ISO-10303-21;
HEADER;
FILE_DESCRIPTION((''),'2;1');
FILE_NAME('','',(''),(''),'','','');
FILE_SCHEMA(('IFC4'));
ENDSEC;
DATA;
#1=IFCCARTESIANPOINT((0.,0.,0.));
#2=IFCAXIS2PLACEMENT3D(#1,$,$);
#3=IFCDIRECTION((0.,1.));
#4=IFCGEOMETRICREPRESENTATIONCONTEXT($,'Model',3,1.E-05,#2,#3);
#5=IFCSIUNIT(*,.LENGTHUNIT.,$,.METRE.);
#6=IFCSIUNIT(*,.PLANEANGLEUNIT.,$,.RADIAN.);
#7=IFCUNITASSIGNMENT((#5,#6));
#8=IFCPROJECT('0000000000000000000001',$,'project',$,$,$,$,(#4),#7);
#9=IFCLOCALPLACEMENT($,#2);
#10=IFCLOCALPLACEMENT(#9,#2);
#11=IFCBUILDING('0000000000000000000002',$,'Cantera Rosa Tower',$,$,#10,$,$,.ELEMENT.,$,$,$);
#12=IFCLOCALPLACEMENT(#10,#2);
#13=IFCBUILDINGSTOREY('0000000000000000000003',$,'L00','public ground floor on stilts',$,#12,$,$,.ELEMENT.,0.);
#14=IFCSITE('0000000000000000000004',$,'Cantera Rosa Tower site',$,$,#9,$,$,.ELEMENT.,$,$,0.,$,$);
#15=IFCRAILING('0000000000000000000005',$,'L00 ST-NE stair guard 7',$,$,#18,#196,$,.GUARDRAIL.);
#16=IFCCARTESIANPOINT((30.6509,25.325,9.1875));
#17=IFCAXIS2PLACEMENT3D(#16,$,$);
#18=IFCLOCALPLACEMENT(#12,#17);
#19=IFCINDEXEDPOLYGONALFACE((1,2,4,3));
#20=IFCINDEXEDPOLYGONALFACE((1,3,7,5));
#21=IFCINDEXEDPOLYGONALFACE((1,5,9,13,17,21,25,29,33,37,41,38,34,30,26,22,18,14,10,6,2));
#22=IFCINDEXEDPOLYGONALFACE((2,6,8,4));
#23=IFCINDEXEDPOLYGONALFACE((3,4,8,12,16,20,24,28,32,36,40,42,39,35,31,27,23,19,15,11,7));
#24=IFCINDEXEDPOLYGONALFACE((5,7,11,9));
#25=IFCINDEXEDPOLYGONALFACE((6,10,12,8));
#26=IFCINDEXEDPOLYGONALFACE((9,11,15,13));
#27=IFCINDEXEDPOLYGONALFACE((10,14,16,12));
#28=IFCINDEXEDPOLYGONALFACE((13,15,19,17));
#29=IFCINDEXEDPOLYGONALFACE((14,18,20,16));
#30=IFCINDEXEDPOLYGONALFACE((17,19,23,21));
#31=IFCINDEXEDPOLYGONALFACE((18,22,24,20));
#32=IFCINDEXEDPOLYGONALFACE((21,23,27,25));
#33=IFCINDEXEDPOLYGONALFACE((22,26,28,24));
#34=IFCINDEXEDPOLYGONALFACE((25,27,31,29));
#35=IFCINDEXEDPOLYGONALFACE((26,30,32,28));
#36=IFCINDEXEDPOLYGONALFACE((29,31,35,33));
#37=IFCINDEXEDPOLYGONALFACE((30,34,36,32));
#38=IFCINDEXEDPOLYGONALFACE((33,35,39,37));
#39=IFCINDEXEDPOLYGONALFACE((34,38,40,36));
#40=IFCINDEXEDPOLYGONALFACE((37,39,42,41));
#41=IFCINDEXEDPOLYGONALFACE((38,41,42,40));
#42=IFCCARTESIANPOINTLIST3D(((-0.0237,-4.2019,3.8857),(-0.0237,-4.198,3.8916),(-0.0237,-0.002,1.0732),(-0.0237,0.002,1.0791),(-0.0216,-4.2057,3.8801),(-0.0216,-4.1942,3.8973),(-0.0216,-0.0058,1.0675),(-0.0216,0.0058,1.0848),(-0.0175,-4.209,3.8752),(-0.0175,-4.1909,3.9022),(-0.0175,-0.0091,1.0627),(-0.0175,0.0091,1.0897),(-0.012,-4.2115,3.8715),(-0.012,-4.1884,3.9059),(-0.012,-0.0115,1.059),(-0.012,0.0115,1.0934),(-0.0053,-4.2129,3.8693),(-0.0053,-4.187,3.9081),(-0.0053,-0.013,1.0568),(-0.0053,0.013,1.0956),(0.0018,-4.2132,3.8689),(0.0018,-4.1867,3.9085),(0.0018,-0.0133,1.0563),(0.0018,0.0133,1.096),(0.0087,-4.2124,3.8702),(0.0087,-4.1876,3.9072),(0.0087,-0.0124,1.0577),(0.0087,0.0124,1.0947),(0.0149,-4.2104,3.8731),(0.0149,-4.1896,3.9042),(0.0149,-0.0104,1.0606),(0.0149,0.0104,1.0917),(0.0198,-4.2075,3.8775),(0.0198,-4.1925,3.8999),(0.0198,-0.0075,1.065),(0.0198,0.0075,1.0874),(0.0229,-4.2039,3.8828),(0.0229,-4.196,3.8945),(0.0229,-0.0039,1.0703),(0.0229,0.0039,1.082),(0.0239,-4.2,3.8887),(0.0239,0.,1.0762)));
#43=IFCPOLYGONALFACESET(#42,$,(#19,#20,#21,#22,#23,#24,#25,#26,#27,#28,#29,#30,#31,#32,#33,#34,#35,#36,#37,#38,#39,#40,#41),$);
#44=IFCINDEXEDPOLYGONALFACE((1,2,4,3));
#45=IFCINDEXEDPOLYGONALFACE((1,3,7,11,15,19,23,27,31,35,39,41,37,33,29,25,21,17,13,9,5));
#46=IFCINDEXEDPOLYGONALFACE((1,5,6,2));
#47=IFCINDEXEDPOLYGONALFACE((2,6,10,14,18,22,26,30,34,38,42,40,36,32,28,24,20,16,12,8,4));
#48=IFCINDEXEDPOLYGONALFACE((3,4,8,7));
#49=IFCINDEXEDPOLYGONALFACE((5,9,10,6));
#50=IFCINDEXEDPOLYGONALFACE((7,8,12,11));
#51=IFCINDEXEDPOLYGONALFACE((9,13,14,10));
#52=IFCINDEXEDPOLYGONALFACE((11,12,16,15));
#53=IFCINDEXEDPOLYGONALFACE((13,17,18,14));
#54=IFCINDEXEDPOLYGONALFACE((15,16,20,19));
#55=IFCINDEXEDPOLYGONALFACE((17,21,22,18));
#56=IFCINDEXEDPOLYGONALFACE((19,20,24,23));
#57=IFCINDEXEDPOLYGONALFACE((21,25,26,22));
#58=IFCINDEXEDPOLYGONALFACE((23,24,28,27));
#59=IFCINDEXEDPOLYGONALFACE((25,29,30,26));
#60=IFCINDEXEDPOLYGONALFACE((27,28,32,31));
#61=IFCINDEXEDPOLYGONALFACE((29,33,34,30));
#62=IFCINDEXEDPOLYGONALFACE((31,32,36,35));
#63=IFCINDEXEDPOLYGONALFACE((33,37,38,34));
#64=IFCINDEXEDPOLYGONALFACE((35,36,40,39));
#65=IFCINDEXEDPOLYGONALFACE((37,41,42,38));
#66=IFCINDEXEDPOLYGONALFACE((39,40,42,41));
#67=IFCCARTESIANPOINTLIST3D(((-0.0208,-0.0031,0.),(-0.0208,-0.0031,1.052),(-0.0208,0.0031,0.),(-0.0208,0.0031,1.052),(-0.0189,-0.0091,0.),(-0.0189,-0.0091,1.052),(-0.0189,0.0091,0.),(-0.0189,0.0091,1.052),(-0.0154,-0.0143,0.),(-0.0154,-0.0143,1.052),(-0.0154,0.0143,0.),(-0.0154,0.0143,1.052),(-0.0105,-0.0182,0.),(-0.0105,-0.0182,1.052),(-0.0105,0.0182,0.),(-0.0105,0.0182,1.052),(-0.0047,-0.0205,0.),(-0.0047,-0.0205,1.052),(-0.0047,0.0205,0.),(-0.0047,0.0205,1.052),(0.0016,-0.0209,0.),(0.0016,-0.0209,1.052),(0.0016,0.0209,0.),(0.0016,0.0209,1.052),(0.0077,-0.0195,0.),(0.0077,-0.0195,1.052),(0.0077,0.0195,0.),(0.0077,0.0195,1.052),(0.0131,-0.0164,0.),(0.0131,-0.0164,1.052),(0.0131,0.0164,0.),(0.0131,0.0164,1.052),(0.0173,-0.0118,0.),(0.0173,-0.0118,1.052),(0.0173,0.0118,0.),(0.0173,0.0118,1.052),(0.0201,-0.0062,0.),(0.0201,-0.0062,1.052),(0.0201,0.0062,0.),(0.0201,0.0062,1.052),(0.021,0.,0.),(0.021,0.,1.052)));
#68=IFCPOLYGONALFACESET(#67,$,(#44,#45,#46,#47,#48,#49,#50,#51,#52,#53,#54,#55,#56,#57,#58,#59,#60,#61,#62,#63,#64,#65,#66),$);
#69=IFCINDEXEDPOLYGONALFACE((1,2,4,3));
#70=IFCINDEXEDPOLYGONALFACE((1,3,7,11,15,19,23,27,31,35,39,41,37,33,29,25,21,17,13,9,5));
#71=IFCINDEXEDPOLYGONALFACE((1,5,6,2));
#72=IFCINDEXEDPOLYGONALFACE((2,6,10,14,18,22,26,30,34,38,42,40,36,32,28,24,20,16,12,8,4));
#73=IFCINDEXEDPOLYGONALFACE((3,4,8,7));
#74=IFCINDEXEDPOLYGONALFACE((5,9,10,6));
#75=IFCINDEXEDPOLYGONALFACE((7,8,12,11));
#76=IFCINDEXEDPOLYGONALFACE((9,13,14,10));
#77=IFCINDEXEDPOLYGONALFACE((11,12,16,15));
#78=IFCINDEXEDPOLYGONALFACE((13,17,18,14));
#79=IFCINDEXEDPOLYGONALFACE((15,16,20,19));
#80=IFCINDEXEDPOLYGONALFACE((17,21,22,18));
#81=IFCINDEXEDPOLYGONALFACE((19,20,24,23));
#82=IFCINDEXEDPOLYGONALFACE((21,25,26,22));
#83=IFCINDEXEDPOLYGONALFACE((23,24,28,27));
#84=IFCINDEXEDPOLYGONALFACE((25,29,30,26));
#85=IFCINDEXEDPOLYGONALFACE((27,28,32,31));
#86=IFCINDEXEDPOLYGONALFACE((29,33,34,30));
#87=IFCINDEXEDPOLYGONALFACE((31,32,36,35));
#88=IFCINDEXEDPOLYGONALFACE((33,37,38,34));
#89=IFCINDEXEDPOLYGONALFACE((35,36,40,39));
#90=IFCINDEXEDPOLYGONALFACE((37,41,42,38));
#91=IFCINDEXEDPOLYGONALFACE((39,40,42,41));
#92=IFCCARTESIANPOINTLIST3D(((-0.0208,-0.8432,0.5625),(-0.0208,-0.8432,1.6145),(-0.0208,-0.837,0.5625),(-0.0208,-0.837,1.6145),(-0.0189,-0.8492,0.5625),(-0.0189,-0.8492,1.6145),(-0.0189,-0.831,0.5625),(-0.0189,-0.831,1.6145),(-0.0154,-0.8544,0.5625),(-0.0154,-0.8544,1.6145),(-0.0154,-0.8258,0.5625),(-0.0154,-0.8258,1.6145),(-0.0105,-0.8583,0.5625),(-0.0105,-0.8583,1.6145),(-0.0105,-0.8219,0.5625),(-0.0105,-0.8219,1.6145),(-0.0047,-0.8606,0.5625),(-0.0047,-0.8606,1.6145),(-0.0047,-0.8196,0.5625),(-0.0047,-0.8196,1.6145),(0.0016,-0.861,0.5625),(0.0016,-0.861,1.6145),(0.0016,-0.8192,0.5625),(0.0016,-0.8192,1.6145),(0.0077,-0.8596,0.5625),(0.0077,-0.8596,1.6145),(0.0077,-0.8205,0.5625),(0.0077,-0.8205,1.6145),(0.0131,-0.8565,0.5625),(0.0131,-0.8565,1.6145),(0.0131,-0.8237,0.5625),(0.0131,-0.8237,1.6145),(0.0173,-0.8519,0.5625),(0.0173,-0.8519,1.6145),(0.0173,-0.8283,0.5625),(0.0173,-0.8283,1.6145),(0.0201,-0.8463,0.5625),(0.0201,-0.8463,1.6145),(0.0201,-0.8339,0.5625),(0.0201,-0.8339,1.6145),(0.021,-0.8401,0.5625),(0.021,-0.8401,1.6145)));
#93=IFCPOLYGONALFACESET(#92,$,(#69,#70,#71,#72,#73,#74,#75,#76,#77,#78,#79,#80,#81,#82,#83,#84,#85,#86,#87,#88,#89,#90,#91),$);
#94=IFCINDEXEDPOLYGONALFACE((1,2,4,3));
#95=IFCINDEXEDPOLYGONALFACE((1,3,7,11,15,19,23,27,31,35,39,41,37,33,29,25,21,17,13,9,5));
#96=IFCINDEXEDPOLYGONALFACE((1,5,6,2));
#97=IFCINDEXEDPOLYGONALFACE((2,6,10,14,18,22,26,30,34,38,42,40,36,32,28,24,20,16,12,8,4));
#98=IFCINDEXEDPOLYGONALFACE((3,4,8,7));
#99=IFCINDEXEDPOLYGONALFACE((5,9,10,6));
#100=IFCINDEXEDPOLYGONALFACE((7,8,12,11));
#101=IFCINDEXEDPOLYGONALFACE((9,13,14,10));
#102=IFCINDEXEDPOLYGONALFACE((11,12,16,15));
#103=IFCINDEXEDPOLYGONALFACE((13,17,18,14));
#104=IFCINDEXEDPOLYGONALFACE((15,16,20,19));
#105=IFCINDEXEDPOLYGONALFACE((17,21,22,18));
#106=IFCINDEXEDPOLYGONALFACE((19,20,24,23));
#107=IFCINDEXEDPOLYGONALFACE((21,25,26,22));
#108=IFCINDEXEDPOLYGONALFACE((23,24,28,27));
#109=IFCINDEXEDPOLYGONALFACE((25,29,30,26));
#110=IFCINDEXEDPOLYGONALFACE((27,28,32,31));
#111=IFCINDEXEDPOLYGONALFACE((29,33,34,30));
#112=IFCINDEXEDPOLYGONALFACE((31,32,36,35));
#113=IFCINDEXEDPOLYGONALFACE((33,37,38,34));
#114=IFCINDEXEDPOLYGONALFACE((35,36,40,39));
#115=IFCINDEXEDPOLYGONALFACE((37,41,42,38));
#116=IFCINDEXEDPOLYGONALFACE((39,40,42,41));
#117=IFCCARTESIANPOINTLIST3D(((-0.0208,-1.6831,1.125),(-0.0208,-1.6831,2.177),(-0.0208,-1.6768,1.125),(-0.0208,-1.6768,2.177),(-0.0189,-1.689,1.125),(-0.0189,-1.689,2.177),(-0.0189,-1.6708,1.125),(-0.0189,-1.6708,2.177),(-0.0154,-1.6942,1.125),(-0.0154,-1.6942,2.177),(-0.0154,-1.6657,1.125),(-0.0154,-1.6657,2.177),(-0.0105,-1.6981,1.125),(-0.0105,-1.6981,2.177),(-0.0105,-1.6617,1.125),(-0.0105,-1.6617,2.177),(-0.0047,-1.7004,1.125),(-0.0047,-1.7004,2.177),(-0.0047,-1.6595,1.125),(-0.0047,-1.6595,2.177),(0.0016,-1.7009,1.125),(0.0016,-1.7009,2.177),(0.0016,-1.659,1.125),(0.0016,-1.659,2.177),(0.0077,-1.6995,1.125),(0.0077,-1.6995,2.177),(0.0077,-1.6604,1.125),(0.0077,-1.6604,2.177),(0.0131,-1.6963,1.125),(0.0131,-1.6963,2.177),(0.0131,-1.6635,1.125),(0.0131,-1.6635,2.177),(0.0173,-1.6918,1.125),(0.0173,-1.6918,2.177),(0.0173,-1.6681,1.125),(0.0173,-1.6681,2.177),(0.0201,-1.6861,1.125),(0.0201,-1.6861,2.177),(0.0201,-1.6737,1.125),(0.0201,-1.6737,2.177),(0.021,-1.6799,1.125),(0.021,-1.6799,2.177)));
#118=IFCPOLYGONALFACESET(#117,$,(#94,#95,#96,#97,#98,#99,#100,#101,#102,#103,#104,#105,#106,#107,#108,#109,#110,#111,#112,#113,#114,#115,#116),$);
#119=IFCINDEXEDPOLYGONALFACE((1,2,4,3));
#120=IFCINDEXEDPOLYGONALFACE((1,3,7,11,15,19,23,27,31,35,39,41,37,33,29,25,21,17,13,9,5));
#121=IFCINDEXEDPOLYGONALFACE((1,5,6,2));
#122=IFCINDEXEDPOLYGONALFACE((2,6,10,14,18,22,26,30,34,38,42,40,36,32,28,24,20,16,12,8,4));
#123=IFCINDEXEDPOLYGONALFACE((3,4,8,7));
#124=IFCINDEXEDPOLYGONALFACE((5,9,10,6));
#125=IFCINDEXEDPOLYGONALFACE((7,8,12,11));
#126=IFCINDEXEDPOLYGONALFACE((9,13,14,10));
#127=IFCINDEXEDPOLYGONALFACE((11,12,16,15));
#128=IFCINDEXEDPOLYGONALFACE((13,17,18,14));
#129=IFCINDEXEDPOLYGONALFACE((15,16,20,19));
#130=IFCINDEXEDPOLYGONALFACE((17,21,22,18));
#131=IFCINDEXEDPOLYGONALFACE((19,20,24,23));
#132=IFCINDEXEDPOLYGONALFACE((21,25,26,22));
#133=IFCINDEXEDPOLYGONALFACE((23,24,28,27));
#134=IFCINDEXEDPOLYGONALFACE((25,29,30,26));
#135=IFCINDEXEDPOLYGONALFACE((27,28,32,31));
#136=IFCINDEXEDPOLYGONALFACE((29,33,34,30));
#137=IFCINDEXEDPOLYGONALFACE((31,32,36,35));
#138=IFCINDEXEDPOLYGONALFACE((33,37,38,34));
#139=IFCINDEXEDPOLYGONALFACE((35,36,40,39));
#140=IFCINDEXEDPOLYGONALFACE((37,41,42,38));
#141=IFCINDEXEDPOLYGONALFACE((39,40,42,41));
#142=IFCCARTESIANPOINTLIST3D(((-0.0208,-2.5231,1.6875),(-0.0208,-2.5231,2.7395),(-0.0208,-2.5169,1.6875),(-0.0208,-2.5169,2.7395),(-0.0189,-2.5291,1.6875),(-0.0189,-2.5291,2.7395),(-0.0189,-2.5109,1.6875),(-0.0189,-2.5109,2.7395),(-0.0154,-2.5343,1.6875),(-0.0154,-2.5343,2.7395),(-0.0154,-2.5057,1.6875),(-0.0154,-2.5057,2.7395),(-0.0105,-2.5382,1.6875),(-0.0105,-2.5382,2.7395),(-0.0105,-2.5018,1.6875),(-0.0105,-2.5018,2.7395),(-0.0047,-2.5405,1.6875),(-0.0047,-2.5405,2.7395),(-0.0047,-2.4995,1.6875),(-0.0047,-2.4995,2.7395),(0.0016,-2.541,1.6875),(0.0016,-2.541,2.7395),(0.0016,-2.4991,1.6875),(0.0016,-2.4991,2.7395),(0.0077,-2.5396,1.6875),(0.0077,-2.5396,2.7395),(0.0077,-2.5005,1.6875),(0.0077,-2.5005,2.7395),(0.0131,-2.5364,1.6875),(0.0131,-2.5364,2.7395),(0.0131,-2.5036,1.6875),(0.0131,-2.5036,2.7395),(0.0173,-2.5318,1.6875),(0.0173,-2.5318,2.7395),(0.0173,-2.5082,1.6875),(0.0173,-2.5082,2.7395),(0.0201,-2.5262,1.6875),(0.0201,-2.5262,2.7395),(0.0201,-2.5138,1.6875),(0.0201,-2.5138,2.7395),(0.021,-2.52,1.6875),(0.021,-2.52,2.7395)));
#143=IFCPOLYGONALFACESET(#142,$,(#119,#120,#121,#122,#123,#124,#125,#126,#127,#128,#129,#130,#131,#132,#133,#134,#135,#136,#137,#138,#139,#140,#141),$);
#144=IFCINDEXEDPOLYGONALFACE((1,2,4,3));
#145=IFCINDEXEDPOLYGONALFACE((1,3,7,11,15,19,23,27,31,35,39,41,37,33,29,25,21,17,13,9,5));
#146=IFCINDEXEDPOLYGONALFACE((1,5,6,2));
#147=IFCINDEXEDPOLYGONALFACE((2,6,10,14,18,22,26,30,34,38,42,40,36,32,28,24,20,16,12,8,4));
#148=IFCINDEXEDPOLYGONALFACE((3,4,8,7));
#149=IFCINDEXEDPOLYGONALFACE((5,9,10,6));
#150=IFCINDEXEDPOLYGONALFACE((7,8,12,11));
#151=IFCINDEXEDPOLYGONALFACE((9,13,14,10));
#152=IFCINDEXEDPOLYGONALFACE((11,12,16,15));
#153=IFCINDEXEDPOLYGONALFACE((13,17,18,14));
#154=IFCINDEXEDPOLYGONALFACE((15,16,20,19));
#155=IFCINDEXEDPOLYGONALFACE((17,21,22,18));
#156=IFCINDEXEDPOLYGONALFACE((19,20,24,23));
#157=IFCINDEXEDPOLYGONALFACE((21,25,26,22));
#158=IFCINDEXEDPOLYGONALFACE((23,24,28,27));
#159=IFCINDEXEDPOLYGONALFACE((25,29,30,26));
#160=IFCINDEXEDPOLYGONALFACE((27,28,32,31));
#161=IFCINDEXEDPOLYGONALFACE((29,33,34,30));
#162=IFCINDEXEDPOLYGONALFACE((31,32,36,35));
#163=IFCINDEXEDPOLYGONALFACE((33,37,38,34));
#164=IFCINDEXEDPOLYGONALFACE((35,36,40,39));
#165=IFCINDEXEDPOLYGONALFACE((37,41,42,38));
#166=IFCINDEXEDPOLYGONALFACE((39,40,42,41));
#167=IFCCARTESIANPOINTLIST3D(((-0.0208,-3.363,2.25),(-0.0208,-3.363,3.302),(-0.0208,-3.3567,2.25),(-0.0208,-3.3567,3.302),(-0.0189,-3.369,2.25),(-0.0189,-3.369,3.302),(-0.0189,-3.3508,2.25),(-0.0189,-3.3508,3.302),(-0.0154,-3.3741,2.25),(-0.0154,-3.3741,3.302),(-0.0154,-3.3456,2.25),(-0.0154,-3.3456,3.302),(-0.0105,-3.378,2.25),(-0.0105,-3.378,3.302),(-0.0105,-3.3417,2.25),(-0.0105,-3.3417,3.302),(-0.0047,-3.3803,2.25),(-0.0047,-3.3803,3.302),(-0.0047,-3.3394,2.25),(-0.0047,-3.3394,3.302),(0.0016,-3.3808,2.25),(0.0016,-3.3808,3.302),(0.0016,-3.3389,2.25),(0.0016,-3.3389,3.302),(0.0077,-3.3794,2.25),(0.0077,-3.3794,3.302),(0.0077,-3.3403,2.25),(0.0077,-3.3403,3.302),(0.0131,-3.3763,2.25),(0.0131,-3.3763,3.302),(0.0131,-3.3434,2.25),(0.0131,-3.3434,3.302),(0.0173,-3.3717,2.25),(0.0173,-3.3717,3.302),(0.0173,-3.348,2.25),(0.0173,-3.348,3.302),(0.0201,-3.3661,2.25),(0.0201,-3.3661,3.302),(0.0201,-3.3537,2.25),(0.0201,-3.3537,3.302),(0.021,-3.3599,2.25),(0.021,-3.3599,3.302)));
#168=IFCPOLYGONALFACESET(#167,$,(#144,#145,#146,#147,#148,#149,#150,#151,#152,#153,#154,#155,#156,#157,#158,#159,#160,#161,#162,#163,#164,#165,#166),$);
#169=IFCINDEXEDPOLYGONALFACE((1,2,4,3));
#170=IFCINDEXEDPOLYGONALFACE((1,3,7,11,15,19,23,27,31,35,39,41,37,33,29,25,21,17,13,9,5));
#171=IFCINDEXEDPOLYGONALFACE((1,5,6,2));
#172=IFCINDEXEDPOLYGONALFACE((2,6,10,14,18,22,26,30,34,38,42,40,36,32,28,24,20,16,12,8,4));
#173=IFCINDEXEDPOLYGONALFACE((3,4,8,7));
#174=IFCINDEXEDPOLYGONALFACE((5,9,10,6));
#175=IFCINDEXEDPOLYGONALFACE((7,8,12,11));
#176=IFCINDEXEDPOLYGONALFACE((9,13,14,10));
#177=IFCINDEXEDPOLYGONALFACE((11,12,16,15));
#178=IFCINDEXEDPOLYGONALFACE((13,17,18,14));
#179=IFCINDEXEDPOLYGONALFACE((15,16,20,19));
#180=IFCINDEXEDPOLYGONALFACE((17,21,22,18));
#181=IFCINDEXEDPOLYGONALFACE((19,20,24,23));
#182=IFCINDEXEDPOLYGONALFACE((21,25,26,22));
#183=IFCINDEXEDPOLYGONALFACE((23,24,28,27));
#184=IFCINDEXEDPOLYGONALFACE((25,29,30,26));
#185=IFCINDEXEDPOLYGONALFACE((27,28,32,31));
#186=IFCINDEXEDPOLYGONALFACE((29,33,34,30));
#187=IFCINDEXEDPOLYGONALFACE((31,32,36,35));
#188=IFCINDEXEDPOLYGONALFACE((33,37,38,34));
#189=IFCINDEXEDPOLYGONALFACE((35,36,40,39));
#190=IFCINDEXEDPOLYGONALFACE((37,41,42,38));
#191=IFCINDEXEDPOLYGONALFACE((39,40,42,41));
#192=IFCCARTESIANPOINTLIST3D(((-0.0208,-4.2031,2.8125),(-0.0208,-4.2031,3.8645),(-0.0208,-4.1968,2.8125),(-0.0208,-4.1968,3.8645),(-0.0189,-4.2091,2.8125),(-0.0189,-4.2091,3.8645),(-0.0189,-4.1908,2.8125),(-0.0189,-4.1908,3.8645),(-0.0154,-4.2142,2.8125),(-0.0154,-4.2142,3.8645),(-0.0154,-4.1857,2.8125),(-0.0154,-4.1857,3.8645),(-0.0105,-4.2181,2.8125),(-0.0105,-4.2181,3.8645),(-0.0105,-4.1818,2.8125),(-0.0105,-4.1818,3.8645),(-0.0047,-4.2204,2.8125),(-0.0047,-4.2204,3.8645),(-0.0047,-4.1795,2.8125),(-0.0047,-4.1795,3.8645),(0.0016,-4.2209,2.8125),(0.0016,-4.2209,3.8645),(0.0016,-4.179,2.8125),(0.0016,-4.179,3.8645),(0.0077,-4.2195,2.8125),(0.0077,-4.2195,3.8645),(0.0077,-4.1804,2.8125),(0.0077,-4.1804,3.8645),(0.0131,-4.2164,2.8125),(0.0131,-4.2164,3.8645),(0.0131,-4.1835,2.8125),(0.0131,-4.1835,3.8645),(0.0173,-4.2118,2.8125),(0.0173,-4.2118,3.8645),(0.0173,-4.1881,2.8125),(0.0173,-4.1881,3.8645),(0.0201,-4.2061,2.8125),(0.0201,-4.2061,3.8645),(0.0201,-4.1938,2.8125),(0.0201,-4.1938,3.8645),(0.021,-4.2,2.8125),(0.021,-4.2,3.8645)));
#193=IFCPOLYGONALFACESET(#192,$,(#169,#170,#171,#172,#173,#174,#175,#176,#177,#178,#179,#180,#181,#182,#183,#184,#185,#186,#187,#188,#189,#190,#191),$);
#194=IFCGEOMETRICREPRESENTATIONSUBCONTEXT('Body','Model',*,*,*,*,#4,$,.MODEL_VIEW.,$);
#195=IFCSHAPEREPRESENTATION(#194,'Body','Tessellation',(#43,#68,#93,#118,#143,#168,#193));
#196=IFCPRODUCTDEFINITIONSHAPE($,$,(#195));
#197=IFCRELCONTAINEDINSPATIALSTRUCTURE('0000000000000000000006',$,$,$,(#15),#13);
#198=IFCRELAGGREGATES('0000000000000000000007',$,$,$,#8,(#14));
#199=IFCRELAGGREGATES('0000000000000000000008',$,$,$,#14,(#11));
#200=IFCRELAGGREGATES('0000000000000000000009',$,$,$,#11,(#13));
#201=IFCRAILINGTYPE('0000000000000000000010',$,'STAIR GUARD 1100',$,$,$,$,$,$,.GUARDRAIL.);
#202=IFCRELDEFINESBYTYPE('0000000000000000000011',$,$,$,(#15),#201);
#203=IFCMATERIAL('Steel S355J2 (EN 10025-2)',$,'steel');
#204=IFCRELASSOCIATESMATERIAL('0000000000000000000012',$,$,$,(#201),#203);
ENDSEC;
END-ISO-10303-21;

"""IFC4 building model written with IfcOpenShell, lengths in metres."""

from ifc_helpers import new_model, si_unit, direction, frame, origin, origin_2d, place, context, subcontext, project, spatial, circle, extrude, material, type_object, element, save


model = new_model("IFC4")

# Units and contexts
model_context = context("Model", 3, precision=1e-05, world=origin(), true_north=direction((0.0, 1.0)))
body_context = subcontext(model_context, "Body", "Model", "MODEL_VIEW")
ifc_project = project(units=[si_unit("LENGTHUNIT", "METRE"), si_unit("PLANEANGLEUNIT", "RADIAN")], contexts=[model_context])

# Site, building, storey
site_placement = place(None, origin())
site = spatial("IfcSite", under=ifc_project, at=site_placement, Name="Cantera Rosa Tower site", CompositionType="ELEMENT", RefElevation=0.0)
building_placement = place(site_placement, origin())
building = spatial("IfcBuilding", under=site, at=building_placement, Name="Cantera Rosa Tower", CompositionType="ELEMENT")
storey_placement = place(building_placement, origin())
storey = spatial("IfcBuildingStorey", under=building, at=storey_placement, Name="L00", Description="public ground floor on stilts", CompositionType="ELEMENT", Elevation=0.0)

# Railing
ifc_material_1 = material(Name="Steel S355J2 (EN 10025-2)", Category="steel")
railing_type_1 = type_object("IfcRailingType", Name="STAIR GUARD 1100", PredefinedType="GUARDRAIL", material=ifc_material_1)
railing_1_placement = place(storey_placement, frame((30.6509, 25.325, 9.1875)))
element("IfcRailing", 1, at=railing_1_placement, inside=storey, type_object=railing_type_1, Name="L00 ST-NE stair guard 7", PredefinedType="GUARDRAIL", context=body_context, shape_type="SweptSolid", body=[
    extrude(circle(Radius=0.0239, at=origin_2d()), frame((0.0, 0.0, 1.0762), z_axis=(0.0, -0.830904, 0.556416), x_axis=(1.0, 0.0, 0.0)), (0.0, 0.0, 1.0), 5.0547),
    extrude(circle(Radius=0.021, at=origin_2d()), origin(), (0.0, 0.0, 1.0), 1.052),
    extrude(circle(Radius=0.021, at=origin_2d()), frame((0.0, -0.8401, 0.5625)), (0.0, 0.0, 1.0), 1.052),
    extrude(circle(Radius=0.021, at=origin_2d()), frame((0.0, -1.6799, 1.125)), (0.0, 0.0, 1.0), 1.052),
    extrude(circle(Radius=0.021, at=origin_2d()), frame((0.0, -2.52, 1.6875)), (0.0, 0.0, 1.0), 1.052),
    extrude(circle(Radius=0.021, at=origin_2d()), frame((0.0, -3.3599, 2.25)), (0.0, 0.0, 1.0), 1.052),
    extrude(circle(Radius=0.021, at=origin_2d()), frame((0.0, -4.2, 2.8125)), (0.0, 0.0, 1.0), 1.052),
])

save(model, "model.ifc")
